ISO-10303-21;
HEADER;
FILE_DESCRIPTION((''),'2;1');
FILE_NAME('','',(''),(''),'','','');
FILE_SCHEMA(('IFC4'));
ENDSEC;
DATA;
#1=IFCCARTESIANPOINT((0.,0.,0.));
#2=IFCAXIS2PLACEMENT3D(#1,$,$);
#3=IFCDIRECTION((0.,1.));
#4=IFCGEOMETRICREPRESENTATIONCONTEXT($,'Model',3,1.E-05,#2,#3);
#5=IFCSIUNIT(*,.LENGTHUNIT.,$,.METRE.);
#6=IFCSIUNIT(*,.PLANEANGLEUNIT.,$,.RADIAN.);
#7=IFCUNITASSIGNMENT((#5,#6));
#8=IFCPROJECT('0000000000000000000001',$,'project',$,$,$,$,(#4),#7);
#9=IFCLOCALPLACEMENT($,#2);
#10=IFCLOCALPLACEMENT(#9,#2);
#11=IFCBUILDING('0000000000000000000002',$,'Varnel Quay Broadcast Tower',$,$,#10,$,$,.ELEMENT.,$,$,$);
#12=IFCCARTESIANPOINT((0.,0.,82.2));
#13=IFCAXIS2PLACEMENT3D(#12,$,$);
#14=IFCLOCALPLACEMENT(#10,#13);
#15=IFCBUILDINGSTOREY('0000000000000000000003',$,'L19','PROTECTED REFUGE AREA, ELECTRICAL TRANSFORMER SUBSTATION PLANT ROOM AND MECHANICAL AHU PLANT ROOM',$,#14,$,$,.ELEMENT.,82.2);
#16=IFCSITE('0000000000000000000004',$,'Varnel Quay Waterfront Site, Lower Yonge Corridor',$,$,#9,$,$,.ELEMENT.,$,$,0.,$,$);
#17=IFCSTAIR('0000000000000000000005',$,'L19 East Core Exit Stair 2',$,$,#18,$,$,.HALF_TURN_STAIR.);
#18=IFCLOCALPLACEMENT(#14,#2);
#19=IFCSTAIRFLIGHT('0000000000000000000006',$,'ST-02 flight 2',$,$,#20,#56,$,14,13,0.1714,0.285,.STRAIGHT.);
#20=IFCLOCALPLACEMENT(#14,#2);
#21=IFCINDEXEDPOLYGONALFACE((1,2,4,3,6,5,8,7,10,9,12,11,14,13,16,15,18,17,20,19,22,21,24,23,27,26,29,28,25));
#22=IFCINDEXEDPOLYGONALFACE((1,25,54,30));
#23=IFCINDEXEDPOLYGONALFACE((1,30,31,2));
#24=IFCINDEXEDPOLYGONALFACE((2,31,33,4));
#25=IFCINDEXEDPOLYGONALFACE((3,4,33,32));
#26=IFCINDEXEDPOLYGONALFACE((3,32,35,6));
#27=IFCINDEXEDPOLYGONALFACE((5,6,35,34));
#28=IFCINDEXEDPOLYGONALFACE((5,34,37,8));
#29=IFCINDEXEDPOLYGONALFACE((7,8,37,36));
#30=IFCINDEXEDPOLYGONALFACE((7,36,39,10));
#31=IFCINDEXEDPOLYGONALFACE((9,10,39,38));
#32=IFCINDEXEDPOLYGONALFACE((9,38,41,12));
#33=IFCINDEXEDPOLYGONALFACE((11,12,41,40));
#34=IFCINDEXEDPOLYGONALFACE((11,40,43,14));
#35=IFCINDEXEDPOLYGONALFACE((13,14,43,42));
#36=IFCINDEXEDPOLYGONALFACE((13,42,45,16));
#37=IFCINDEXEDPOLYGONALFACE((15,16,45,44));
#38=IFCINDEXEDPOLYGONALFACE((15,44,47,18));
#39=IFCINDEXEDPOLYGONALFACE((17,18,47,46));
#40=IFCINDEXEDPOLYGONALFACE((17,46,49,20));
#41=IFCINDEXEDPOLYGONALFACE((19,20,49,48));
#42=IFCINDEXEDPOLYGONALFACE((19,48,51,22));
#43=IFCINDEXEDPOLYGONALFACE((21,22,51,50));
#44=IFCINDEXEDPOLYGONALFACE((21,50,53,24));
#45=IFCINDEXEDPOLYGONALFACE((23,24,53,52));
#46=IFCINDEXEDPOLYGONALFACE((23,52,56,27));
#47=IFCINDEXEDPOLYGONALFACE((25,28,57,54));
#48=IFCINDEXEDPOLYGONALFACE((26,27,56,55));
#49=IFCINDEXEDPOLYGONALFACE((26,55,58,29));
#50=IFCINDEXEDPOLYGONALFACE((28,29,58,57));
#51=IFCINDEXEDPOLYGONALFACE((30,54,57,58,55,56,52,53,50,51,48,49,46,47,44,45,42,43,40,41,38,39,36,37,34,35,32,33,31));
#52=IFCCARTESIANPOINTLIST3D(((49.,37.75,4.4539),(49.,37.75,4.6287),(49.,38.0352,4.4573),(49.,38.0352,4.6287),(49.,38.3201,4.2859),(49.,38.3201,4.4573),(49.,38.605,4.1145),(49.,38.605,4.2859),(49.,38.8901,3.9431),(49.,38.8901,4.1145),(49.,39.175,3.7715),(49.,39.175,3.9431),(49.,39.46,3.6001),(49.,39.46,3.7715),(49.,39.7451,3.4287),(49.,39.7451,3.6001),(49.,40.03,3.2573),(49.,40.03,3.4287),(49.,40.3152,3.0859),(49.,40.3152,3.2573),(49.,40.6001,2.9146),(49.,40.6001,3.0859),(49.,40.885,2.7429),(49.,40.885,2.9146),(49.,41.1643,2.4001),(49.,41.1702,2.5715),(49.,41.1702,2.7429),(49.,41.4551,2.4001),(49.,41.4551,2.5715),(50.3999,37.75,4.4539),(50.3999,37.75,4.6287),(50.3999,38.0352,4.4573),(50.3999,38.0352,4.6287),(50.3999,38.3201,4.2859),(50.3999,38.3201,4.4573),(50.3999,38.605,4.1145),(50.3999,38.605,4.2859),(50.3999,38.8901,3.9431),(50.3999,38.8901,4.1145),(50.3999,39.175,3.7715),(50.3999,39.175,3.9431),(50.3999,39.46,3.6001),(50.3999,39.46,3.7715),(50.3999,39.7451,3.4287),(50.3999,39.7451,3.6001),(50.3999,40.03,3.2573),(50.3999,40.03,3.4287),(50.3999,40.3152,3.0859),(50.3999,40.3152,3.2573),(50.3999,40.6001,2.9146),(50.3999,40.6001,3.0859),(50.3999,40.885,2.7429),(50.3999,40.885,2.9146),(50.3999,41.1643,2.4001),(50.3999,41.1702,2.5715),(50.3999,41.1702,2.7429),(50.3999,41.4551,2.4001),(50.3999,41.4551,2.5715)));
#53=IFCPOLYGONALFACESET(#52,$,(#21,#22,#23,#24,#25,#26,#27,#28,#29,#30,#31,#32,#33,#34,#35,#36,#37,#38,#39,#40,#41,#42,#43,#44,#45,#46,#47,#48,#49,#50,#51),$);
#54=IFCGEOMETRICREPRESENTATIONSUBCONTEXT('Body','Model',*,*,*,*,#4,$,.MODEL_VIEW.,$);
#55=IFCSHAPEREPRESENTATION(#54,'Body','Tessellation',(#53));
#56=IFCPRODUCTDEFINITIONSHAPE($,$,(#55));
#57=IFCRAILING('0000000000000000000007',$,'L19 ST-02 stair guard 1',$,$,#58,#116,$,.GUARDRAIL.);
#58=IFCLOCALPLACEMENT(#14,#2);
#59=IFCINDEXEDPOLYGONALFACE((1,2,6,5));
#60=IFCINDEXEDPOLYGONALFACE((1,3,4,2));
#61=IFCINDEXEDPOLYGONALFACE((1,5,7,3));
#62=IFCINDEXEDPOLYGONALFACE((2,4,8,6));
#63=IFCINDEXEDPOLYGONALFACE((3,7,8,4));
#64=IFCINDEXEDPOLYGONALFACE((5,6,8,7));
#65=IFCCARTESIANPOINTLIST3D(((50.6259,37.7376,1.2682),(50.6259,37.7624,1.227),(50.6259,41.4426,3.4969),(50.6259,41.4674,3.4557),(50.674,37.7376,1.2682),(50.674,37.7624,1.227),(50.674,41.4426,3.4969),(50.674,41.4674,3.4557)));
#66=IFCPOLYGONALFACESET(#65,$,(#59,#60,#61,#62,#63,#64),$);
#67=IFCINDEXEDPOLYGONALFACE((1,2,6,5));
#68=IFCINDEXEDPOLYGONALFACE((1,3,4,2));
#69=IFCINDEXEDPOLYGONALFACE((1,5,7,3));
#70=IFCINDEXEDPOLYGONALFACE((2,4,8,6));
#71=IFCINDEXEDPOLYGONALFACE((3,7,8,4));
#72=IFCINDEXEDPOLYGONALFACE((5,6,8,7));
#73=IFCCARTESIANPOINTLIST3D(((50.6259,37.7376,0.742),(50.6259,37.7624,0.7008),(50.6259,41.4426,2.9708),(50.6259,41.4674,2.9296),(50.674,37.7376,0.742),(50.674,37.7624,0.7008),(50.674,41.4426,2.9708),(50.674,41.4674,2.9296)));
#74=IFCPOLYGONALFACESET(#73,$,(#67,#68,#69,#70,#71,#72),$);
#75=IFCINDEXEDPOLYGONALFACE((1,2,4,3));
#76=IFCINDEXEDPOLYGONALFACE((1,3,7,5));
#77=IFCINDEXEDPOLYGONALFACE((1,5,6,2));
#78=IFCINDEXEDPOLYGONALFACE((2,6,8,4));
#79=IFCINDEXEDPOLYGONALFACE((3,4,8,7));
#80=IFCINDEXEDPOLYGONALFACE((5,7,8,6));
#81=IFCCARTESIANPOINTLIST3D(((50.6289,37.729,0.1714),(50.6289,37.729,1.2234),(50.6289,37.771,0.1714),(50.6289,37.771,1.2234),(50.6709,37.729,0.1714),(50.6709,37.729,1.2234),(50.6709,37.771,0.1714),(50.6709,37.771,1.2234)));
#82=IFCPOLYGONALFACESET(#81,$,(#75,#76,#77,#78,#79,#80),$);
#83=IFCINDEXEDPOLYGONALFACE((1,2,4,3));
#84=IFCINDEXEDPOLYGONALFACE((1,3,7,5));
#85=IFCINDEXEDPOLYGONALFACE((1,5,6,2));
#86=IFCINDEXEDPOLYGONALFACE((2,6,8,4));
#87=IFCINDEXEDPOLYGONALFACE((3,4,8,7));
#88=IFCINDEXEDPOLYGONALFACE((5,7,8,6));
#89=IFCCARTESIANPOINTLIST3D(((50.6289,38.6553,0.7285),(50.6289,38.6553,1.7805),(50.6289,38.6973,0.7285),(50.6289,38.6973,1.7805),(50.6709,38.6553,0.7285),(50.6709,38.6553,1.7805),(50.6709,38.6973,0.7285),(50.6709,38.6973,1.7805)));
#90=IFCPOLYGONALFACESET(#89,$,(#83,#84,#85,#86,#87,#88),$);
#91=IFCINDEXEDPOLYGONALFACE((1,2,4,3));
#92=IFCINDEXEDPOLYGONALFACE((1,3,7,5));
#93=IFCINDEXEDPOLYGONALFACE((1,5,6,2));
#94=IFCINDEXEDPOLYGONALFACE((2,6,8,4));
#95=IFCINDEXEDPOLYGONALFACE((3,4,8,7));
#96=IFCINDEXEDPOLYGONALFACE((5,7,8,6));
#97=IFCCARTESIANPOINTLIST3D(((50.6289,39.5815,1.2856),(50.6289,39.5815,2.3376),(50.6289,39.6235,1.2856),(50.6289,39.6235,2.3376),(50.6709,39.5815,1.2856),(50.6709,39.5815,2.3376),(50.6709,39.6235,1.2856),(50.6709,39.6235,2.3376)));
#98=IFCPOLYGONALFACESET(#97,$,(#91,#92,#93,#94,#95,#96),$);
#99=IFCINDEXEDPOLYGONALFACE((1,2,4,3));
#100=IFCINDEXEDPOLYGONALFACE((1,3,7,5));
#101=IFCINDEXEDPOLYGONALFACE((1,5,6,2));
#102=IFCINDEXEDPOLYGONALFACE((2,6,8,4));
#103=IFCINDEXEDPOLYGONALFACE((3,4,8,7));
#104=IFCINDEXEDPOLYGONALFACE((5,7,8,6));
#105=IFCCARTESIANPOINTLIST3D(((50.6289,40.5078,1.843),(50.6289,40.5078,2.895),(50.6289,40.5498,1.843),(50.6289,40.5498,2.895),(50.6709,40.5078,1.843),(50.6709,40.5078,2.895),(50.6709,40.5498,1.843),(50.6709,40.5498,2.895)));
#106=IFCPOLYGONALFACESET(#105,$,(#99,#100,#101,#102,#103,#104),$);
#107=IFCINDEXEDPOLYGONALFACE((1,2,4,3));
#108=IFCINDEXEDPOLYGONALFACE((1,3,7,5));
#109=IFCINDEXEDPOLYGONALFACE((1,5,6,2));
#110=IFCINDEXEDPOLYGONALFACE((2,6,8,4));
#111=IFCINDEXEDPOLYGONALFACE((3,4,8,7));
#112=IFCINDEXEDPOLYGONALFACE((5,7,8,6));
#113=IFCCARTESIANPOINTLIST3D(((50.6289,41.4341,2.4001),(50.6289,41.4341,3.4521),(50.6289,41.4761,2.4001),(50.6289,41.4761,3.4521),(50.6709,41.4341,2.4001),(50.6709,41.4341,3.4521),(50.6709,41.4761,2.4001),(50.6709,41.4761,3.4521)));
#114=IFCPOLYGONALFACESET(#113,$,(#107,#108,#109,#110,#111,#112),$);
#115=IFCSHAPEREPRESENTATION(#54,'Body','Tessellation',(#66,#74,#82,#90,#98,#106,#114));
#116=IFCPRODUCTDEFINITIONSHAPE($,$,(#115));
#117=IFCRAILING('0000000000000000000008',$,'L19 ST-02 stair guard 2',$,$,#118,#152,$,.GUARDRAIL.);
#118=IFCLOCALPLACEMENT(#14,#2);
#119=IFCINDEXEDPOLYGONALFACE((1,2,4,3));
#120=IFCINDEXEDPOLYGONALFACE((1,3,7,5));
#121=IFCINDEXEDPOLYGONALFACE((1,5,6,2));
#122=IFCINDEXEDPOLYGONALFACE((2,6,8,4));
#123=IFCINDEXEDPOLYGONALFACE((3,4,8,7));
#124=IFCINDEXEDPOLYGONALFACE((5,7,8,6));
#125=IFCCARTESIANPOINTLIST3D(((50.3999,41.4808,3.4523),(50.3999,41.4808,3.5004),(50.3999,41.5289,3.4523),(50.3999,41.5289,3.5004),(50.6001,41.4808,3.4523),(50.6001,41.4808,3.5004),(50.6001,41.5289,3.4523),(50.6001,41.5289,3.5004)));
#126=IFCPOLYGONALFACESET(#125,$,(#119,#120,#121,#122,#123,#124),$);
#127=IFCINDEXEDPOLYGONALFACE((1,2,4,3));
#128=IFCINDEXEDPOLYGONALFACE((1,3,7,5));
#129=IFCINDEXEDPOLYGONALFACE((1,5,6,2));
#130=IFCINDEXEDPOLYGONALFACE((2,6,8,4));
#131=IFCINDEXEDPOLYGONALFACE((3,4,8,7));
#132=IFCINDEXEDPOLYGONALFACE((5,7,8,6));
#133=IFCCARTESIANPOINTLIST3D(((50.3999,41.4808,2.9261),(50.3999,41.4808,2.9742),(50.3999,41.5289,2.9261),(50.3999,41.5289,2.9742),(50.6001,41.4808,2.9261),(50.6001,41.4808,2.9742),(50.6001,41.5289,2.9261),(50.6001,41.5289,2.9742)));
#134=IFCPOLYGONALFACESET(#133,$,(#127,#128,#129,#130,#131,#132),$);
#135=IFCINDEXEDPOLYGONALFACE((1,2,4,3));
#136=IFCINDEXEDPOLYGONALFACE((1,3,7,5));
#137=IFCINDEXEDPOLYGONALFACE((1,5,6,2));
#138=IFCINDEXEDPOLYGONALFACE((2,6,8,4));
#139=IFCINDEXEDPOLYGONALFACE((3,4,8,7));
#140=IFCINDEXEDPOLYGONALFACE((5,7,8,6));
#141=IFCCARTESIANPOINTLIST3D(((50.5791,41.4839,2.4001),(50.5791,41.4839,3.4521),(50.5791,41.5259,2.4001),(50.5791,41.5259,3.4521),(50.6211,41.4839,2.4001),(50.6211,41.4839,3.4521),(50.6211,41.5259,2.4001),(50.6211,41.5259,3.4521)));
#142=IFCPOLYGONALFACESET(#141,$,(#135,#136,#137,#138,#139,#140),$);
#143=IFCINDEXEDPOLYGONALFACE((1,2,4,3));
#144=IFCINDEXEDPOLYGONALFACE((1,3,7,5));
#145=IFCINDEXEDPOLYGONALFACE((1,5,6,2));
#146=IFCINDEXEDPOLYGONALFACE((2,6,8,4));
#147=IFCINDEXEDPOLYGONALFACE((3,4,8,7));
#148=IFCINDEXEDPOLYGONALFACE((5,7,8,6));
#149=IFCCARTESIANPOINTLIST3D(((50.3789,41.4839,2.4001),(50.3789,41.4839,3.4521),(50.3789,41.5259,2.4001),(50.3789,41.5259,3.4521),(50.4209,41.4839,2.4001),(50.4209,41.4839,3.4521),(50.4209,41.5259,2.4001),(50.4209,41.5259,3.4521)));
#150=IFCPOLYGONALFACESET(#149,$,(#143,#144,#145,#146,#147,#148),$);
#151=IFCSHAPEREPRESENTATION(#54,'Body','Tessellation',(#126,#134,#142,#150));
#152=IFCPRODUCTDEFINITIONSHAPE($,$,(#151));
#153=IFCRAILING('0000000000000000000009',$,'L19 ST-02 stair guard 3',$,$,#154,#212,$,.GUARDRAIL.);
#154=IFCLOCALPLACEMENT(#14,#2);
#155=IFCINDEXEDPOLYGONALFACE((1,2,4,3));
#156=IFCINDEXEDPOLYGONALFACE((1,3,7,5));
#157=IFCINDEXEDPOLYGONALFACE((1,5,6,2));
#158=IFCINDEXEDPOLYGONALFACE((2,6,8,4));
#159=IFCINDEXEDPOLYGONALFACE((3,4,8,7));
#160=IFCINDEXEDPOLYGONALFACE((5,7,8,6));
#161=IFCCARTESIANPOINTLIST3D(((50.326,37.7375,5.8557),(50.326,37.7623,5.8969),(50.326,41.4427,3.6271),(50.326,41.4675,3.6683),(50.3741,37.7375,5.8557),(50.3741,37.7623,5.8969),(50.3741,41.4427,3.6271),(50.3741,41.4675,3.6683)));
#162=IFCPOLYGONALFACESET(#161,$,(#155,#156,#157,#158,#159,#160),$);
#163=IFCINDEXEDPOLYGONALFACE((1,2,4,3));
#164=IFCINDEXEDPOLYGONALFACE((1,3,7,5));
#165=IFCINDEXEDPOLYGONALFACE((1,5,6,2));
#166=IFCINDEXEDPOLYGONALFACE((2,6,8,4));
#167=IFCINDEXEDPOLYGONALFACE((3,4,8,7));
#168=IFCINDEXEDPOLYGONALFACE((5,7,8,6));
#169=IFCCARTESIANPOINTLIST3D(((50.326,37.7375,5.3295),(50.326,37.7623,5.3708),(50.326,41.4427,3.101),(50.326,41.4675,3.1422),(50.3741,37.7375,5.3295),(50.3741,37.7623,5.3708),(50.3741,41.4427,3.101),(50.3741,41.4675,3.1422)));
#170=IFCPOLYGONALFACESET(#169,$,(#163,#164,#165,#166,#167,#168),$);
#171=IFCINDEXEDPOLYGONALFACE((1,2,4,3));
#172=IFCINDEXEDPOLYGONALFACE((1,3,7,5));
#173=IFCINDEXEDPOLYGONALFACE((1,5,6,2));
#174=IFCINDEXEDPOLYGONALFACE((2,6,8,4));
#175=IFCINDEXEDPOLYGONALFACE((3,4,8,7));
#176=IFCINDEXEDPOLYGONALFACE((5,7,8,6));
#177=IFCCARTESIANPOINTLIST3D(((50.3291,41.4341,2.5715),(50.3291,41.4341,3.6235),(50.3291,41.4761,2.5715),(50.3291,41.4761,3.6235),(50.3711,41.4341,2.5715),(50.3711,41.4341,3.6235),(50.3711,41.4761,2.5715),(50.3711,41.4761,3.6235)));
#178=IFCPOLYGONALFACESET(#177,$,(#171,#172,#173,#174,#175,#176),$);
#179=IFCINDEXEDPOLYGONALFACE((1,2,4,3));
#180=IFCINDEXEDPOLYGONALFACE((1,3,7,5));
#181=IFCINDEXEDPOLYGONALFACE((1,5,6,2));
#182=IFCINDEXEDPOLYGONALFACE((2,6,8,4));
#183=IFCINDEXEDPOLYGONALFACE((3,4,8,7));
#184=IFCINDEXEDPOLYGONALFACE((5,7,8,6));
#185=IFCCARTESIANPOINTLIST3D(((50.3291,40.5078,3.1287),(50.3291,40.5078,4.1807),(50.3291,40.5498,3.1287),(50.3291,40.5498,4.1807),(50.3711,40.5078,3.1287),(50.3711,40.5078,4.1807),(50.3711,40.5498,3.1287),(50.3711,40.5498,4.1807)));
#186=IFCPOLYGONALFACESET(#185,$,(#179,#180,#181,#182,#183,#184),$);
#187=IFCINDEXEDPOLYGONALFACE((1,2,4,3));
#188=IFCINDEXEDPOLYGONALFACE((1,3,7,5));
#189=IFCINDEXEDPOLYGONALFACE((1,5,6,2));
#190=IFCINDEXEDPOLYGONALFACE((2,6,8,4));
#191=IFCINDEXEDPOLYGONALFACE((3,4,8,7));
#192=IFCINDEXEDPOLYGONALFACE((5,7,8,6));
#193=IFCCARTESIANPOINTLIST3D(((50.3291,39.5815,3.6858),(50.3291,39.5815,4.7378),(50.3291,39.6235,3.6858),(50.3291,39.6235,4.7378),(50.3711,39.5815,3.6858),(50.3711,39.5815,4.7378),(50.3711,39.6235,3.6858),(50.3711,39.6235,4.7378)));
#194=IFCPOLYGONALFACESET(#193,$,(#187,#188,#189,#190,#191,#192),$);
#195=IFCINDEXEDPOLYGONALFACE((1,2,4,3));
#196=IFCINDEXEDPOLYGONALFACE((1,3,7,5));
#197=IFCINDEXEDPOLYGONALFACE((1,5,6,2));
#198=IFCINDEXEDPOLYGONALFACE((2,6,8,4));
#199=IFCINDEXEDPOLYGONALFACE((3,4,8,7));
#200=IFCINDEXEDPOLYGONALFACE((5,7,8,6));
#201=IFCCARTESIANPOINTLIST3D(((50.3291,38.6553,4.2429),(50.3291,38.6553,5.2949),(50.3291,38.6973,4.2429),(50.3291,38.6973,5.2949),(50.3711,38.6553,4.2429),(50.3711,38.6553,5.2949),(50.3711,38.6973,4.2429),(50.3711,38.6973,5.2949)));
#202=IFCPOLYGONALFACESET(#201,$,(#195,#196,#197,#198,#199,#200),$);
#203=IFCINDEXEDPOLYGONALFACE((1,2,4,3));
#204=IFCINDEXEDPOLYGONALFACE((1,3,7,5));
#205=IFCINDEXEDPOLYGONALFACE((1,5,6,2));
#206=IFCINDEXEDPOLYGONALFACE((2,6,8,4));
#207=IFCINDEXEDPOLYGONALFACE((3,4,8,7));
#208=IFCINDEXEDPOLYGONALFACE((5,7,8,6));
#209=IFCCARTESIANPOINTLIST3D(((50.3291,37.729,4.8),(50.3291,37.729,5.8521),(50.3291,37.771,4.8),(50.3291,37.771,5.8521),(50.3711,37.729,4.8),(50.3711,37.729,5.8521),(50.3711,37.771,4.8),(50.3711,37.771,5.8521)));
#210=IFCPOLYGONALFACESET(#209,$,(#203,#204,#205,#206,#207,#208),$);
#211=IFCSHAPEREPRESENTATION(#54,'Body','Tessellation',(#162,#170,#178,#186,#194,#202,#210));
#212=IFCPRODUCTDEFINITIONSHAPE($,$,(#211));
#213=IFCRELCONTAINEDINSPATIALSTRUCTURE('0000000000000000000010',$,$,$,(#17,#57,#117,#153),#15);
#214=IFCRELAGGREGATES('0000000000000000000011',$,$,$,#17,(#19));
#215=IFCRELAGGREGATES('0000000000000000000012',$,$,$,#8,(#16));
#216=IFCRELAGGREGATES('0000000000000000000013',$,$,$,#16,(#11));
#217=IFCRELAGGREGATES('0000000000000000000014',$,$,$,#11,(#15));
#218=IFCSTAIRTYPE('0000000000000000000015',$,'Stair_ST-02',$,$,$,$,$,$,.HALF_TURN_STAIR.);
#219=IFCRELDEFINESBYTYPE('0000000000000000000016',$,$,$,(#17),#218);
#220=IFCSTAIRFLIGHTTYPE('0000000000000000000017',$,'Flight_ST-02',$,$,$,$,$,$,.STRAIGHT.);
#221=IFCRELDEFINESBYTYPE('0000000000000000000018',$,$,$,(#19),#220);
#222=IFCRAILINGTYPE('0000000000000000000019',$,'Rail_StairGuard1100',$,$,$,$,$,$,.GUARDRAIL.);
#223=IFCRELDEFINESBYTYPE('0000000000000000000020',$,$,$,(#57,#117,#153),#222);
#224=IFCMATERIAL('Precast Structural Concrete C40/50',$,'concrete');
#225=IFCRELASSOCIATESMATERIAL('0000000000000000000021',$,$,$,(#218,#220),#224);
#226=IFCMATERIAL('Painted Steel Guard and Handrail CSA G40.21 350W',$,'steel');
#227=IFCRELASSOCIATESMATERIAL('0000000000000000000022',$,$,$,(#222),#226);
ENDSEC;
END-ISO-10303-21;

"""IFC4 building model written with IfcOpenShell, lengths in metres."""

from ifc_helpers import new_model, si_unit, direction, frame, origin, origin_2d, place, context, subcontext, project, spatial, polyline, rectangle, outline, extrude, material, type_object, element, aggregate, save


model = new_model("IFC4")

# Units and contexts
model_context = context("Model", 3, precision=1e-05, world=origin(), true_north=direction((0.0, 1.0)))
body_context = subcontext(model_context, "Body", "Model", "MODEL_VIEW")
ifc_project = project(units=[si_unit("LENGTHUNIT", "METRE"), si_unit("PLANEANGLEUNIT", "RADIAN")], contexts=[model_context])

# Site, building, storey
site_placement = place(None, origin())
site = spatial("IfcSite", under=ifc_project, at=site_placement, Name="Varnel Quay Waterfront Site, Lower Yonge Corridor", CompositionType="ELEMENT", RefElevation=0.0)
building_placement = place(site_placement, origin())
building = spatial("IfcBuilding", under=site, at=building_placement, Name="Varnel Quay Broadcast Tower", CompositionType="ELEMENT")
storey_placement = place(building_placement, frame((0.0, 0.0, 82.2)))
storey = spatial("IfcBuildingStorey", under=building, at=storey_placement, Name="L19", Description="PROTECTED REFUGE AREA, ELECTRICAL TRANSFORMER SUBSTATION PLANT ROOM AND MECHANICAL AHU PLANT ROOM", CompositionType="ELEMENT", Elevation=82.2)

# Stair, stair flight
ifc_material_1 = material(Name="Precast Structural Concrete C40/50", Category="concrete")
stair_type = type_object("IfcStairType", Name="Stair_ST-02", PredefinedType="HALF_TURN_STAIR", material=ifc_material_1)
stair_placement = place(storey_placement, origin())
stair = element("IfcStair", 1, at=stair_placement, inside=storey, type_object=stair_type, Name="L19 East Core Exit Stair 2", PredefinedType="HALF_TURN_STAIR")
stair_flight_type = type_object("IfcStairFlightType", Name="Flight_ST-02", PredefinedType="STRAIGHT", material=ifc_material_1)
stair_flight_1_placement = place(storey_placement, frame((49.7, 41.4551, 2.4001), z_axis=(0.0, 0.0, 1.0), x_axis=(0.0, -1.0, 0.0)))
stair_flight_1 = element("IfcStairFlight", 2, at=stair_flight_1_placement, type_object=stair_flight_type, Name="ST-02 flight 2", NumberOfRisers=14, NumberOfTreads=13, PredefinedType="STRAIGHT", RiserHeight=0.1714, TreadLength=0.285, context=body_context, shape_type="SweptSolid", body=[
    extrude(outline(polyline([(0.0, 0.0), (0.0, 0.1714), (0.2849, 0.1714), (0.2849, 0.3428), (0.5701, 0.3428), (0.5701, 0.5144), (0.855, 0.5144), (0.855, 0.6858), (1.1399, 0.6858), (1.1399, 0.8572), (1.425, 0.8572), (1.425, 1.0286), (1.71, 1.0286), (1.71, 1.2), (1.9951, 1.2), (1.9951, 1.3713), (2.28, 1.3713), (2.28, 1.543), (2.5649, 1.543), (2.5649, 1.7144), (2.8501, 1.7144), (2.8501, 1.8857), (3.135, 1.8857), (3.135, 2.0571), (3.4199, 2.0571), (3.4199, 2.2285), (3.7051, 2.2285), (3.7051, 2.3999), (3.7051, 2.0537), (0.2908, 0.0), (0.0, 0.0)])), frame((0.0, 0.7, 0.0), z_axis=(0.0, -1.0, 0.0), x_axis=(1.0, 0.0, 0.0)), (0.0, 0.0, 1.0), 1.3999),
])
aggregate(stair, [stair_flight_1])

# Railings
ifc_material_2 = material(Name="Painted Steel Guard and Handrail CSA G40.21 350W", Category="steel")
railing_type_1 = type_object("IfcRailingType", Name="Rail_StairGuard1100", PredefinedType="GUARDRAIL", material=ifc_material_2)
railing_1_placement = place(storey_placement, frame((50.6499, 37.75, 0.1714)))
element("IfcRailing", 3, at=railing_1_placement, inside=storey, type_object=railing_type_1, Name="L19 ST-02 stair guard 1", PredefinedType="GUARDRAIL", context=body_context, shape_type="SweptSolid", body=[
    extrude(rectangle(XDim=0.0481, YDim=0.0481, at=origin_2d()), frame((0.0, 0.0, 1.0762), z_axis=(0.0, 0.856909, 0.515467), x_axis=(-1.0, 0.0, 0.0)), (0.0, 0.0, 1.0), 4.3237),
    extrude(rectangle(XDim=0.0481, YDim=0.0481, at=origin_2d()), frame((0.0, 0.0, 0.55), z_axis=(0.0, 0.856909, 0.515467), x_axis=(-1.0, 0.0, 0.0)), (0.0, 0.0, 1.0), 4.3237),
    extrude(rectangle(XDim=0.042, YDim=0.042, at=origin_2d()), origin(), (0.0, 0.0, 1.0), 1.052),
    extrude(rectangle(XDim=0.042, YDim=0.042, at=origin_2d()), frame((0.0, 0.9263, 0.5571)), (0.0, 0.0, 1.0), 1.052),
    extrude(rectangle(XDim=0.042, YDim=0.042, at=origin_2d()), frame((0.0, 1.8525, 1.1143)), (0.0, 0.0, 1.0), 1.052),
    extrude(rectangle(XDim=0.042, YDim=0.042, at=origin_2d()), frame((0.0, 2.7788, 1.6716)), (0.0, 0.0, 1.0), 1.052),
    extrude(rectangle(XDim=0.042, YDim=0.042, at=origin_2d()), frame((0.0, 3.7051, 2.2288)), (0.0, 0.0, 1.0), 1.052),
])
railing_2_placement = place(storey_placement, frame((50.6001, 41.5049, 2.4001)))
element("IfcRailing", 4, at=railing_2_placement, inside=storey, type_object=railing_type_1, Name="L19 ST-02 stair guard 2", PredefinedType="GUARDRAIL", context=body_context, shape_type="SweptSolid", body=[
    extrude(rectangle(XDim=0.0481, YDim=0.0481, at=origin_2d()), frame((0.0, 0.0, 1.0762), z_axis=(-1.0, 0.0, 0.0), x_axis=(0.0, -1.0, 0.0)), (0.0, 0.0, 1.0), 0.2002),
    extrude(rectangle(XDim=0.0481, YDim=0.0481, at=origin_2d()), frame((0.0, 0.0, 0.55), z_axis=(-1.0, 0.0, 0.0), x_axis=(0.0, -1.0, 0.0)), (0.0, 0.0, 1.0), 0.2002),
    extrude(rectangle(XDim=0.042, YDim=0.042, at=origin_2d()), origin(), (0.0, 0.0, 1.0), 1.052),
    extrude(rectangle(XDim=0.042, YDim=0.042, at=origin_2d()), frame((-0.2002, 0.0, 0.0)), (0.0, 0.0, 1.0), 1.052),
])
railing_3_placement = place(storey_placement, frame((50.3501, 41.4551, 2.5715)))
element("IfcRailing", 5, at=railing_3_placement, inside=storey, type_object=railing_type_1, Name="L19 ST-02 stair guard 3", PredefinedType="GUARDRAIL", context=body_context, shape_type="SweptSolid", body=[
    extrude(rectangle(XDim=0.0481, YDim=0.0481, at=origin_2d()), frame((0.0, 0.0, 1.0762), z_axis=(0.0, -0.856934, 0.515425), x_axis=(1.0, 0.0, 0.0)), (0.0, 0.0, 1.0), 4.3237),
    extrude(rectangle(XDim=0.0481, YDim=0.0481, at=origin_2d()), frame((0.0, 0.0, 0.55), z_axis=(0.0, -0.856934, 0.515425), x_axis=(1.0, 0.0, 0.0)), (0.0, 0.0, 1.0), 4.3237),
    extrude(rectangle(XDim=0.042, YDim=0.042, at=origin_2d()), origin(), (0.0, 0.0, 1.0), 1.052),
    extrude(rectangle(XDim=0.042, YDim=0.042, at=origin_2d()), frame((0.0, -0.9263, 0.5571)), (0.0, 0.0, 1.0), 1.052),
    extrude(rectangle(XDim=0.042, YDim=0.042, at=origin_2d()), frame((0.0, -1.8525, 1.1143)), (0.0, 0.0, 1.0), 1.052),
    extrude(rectangle(XDim=0.042, YDim=0.042, at=origin_2d()), frame((0.0, -2.7788, 1.6714)), (0.0, 0.0, 1.0), 1.052),
    extrude(rectangle(XDim=0.042, YDim=0.042, at=origin_2d()), frame((0.0, -3.7051, 2.2285)), (0.0, 0.0, 1.0), 1.052),
])

save(model, "model.ifc")
